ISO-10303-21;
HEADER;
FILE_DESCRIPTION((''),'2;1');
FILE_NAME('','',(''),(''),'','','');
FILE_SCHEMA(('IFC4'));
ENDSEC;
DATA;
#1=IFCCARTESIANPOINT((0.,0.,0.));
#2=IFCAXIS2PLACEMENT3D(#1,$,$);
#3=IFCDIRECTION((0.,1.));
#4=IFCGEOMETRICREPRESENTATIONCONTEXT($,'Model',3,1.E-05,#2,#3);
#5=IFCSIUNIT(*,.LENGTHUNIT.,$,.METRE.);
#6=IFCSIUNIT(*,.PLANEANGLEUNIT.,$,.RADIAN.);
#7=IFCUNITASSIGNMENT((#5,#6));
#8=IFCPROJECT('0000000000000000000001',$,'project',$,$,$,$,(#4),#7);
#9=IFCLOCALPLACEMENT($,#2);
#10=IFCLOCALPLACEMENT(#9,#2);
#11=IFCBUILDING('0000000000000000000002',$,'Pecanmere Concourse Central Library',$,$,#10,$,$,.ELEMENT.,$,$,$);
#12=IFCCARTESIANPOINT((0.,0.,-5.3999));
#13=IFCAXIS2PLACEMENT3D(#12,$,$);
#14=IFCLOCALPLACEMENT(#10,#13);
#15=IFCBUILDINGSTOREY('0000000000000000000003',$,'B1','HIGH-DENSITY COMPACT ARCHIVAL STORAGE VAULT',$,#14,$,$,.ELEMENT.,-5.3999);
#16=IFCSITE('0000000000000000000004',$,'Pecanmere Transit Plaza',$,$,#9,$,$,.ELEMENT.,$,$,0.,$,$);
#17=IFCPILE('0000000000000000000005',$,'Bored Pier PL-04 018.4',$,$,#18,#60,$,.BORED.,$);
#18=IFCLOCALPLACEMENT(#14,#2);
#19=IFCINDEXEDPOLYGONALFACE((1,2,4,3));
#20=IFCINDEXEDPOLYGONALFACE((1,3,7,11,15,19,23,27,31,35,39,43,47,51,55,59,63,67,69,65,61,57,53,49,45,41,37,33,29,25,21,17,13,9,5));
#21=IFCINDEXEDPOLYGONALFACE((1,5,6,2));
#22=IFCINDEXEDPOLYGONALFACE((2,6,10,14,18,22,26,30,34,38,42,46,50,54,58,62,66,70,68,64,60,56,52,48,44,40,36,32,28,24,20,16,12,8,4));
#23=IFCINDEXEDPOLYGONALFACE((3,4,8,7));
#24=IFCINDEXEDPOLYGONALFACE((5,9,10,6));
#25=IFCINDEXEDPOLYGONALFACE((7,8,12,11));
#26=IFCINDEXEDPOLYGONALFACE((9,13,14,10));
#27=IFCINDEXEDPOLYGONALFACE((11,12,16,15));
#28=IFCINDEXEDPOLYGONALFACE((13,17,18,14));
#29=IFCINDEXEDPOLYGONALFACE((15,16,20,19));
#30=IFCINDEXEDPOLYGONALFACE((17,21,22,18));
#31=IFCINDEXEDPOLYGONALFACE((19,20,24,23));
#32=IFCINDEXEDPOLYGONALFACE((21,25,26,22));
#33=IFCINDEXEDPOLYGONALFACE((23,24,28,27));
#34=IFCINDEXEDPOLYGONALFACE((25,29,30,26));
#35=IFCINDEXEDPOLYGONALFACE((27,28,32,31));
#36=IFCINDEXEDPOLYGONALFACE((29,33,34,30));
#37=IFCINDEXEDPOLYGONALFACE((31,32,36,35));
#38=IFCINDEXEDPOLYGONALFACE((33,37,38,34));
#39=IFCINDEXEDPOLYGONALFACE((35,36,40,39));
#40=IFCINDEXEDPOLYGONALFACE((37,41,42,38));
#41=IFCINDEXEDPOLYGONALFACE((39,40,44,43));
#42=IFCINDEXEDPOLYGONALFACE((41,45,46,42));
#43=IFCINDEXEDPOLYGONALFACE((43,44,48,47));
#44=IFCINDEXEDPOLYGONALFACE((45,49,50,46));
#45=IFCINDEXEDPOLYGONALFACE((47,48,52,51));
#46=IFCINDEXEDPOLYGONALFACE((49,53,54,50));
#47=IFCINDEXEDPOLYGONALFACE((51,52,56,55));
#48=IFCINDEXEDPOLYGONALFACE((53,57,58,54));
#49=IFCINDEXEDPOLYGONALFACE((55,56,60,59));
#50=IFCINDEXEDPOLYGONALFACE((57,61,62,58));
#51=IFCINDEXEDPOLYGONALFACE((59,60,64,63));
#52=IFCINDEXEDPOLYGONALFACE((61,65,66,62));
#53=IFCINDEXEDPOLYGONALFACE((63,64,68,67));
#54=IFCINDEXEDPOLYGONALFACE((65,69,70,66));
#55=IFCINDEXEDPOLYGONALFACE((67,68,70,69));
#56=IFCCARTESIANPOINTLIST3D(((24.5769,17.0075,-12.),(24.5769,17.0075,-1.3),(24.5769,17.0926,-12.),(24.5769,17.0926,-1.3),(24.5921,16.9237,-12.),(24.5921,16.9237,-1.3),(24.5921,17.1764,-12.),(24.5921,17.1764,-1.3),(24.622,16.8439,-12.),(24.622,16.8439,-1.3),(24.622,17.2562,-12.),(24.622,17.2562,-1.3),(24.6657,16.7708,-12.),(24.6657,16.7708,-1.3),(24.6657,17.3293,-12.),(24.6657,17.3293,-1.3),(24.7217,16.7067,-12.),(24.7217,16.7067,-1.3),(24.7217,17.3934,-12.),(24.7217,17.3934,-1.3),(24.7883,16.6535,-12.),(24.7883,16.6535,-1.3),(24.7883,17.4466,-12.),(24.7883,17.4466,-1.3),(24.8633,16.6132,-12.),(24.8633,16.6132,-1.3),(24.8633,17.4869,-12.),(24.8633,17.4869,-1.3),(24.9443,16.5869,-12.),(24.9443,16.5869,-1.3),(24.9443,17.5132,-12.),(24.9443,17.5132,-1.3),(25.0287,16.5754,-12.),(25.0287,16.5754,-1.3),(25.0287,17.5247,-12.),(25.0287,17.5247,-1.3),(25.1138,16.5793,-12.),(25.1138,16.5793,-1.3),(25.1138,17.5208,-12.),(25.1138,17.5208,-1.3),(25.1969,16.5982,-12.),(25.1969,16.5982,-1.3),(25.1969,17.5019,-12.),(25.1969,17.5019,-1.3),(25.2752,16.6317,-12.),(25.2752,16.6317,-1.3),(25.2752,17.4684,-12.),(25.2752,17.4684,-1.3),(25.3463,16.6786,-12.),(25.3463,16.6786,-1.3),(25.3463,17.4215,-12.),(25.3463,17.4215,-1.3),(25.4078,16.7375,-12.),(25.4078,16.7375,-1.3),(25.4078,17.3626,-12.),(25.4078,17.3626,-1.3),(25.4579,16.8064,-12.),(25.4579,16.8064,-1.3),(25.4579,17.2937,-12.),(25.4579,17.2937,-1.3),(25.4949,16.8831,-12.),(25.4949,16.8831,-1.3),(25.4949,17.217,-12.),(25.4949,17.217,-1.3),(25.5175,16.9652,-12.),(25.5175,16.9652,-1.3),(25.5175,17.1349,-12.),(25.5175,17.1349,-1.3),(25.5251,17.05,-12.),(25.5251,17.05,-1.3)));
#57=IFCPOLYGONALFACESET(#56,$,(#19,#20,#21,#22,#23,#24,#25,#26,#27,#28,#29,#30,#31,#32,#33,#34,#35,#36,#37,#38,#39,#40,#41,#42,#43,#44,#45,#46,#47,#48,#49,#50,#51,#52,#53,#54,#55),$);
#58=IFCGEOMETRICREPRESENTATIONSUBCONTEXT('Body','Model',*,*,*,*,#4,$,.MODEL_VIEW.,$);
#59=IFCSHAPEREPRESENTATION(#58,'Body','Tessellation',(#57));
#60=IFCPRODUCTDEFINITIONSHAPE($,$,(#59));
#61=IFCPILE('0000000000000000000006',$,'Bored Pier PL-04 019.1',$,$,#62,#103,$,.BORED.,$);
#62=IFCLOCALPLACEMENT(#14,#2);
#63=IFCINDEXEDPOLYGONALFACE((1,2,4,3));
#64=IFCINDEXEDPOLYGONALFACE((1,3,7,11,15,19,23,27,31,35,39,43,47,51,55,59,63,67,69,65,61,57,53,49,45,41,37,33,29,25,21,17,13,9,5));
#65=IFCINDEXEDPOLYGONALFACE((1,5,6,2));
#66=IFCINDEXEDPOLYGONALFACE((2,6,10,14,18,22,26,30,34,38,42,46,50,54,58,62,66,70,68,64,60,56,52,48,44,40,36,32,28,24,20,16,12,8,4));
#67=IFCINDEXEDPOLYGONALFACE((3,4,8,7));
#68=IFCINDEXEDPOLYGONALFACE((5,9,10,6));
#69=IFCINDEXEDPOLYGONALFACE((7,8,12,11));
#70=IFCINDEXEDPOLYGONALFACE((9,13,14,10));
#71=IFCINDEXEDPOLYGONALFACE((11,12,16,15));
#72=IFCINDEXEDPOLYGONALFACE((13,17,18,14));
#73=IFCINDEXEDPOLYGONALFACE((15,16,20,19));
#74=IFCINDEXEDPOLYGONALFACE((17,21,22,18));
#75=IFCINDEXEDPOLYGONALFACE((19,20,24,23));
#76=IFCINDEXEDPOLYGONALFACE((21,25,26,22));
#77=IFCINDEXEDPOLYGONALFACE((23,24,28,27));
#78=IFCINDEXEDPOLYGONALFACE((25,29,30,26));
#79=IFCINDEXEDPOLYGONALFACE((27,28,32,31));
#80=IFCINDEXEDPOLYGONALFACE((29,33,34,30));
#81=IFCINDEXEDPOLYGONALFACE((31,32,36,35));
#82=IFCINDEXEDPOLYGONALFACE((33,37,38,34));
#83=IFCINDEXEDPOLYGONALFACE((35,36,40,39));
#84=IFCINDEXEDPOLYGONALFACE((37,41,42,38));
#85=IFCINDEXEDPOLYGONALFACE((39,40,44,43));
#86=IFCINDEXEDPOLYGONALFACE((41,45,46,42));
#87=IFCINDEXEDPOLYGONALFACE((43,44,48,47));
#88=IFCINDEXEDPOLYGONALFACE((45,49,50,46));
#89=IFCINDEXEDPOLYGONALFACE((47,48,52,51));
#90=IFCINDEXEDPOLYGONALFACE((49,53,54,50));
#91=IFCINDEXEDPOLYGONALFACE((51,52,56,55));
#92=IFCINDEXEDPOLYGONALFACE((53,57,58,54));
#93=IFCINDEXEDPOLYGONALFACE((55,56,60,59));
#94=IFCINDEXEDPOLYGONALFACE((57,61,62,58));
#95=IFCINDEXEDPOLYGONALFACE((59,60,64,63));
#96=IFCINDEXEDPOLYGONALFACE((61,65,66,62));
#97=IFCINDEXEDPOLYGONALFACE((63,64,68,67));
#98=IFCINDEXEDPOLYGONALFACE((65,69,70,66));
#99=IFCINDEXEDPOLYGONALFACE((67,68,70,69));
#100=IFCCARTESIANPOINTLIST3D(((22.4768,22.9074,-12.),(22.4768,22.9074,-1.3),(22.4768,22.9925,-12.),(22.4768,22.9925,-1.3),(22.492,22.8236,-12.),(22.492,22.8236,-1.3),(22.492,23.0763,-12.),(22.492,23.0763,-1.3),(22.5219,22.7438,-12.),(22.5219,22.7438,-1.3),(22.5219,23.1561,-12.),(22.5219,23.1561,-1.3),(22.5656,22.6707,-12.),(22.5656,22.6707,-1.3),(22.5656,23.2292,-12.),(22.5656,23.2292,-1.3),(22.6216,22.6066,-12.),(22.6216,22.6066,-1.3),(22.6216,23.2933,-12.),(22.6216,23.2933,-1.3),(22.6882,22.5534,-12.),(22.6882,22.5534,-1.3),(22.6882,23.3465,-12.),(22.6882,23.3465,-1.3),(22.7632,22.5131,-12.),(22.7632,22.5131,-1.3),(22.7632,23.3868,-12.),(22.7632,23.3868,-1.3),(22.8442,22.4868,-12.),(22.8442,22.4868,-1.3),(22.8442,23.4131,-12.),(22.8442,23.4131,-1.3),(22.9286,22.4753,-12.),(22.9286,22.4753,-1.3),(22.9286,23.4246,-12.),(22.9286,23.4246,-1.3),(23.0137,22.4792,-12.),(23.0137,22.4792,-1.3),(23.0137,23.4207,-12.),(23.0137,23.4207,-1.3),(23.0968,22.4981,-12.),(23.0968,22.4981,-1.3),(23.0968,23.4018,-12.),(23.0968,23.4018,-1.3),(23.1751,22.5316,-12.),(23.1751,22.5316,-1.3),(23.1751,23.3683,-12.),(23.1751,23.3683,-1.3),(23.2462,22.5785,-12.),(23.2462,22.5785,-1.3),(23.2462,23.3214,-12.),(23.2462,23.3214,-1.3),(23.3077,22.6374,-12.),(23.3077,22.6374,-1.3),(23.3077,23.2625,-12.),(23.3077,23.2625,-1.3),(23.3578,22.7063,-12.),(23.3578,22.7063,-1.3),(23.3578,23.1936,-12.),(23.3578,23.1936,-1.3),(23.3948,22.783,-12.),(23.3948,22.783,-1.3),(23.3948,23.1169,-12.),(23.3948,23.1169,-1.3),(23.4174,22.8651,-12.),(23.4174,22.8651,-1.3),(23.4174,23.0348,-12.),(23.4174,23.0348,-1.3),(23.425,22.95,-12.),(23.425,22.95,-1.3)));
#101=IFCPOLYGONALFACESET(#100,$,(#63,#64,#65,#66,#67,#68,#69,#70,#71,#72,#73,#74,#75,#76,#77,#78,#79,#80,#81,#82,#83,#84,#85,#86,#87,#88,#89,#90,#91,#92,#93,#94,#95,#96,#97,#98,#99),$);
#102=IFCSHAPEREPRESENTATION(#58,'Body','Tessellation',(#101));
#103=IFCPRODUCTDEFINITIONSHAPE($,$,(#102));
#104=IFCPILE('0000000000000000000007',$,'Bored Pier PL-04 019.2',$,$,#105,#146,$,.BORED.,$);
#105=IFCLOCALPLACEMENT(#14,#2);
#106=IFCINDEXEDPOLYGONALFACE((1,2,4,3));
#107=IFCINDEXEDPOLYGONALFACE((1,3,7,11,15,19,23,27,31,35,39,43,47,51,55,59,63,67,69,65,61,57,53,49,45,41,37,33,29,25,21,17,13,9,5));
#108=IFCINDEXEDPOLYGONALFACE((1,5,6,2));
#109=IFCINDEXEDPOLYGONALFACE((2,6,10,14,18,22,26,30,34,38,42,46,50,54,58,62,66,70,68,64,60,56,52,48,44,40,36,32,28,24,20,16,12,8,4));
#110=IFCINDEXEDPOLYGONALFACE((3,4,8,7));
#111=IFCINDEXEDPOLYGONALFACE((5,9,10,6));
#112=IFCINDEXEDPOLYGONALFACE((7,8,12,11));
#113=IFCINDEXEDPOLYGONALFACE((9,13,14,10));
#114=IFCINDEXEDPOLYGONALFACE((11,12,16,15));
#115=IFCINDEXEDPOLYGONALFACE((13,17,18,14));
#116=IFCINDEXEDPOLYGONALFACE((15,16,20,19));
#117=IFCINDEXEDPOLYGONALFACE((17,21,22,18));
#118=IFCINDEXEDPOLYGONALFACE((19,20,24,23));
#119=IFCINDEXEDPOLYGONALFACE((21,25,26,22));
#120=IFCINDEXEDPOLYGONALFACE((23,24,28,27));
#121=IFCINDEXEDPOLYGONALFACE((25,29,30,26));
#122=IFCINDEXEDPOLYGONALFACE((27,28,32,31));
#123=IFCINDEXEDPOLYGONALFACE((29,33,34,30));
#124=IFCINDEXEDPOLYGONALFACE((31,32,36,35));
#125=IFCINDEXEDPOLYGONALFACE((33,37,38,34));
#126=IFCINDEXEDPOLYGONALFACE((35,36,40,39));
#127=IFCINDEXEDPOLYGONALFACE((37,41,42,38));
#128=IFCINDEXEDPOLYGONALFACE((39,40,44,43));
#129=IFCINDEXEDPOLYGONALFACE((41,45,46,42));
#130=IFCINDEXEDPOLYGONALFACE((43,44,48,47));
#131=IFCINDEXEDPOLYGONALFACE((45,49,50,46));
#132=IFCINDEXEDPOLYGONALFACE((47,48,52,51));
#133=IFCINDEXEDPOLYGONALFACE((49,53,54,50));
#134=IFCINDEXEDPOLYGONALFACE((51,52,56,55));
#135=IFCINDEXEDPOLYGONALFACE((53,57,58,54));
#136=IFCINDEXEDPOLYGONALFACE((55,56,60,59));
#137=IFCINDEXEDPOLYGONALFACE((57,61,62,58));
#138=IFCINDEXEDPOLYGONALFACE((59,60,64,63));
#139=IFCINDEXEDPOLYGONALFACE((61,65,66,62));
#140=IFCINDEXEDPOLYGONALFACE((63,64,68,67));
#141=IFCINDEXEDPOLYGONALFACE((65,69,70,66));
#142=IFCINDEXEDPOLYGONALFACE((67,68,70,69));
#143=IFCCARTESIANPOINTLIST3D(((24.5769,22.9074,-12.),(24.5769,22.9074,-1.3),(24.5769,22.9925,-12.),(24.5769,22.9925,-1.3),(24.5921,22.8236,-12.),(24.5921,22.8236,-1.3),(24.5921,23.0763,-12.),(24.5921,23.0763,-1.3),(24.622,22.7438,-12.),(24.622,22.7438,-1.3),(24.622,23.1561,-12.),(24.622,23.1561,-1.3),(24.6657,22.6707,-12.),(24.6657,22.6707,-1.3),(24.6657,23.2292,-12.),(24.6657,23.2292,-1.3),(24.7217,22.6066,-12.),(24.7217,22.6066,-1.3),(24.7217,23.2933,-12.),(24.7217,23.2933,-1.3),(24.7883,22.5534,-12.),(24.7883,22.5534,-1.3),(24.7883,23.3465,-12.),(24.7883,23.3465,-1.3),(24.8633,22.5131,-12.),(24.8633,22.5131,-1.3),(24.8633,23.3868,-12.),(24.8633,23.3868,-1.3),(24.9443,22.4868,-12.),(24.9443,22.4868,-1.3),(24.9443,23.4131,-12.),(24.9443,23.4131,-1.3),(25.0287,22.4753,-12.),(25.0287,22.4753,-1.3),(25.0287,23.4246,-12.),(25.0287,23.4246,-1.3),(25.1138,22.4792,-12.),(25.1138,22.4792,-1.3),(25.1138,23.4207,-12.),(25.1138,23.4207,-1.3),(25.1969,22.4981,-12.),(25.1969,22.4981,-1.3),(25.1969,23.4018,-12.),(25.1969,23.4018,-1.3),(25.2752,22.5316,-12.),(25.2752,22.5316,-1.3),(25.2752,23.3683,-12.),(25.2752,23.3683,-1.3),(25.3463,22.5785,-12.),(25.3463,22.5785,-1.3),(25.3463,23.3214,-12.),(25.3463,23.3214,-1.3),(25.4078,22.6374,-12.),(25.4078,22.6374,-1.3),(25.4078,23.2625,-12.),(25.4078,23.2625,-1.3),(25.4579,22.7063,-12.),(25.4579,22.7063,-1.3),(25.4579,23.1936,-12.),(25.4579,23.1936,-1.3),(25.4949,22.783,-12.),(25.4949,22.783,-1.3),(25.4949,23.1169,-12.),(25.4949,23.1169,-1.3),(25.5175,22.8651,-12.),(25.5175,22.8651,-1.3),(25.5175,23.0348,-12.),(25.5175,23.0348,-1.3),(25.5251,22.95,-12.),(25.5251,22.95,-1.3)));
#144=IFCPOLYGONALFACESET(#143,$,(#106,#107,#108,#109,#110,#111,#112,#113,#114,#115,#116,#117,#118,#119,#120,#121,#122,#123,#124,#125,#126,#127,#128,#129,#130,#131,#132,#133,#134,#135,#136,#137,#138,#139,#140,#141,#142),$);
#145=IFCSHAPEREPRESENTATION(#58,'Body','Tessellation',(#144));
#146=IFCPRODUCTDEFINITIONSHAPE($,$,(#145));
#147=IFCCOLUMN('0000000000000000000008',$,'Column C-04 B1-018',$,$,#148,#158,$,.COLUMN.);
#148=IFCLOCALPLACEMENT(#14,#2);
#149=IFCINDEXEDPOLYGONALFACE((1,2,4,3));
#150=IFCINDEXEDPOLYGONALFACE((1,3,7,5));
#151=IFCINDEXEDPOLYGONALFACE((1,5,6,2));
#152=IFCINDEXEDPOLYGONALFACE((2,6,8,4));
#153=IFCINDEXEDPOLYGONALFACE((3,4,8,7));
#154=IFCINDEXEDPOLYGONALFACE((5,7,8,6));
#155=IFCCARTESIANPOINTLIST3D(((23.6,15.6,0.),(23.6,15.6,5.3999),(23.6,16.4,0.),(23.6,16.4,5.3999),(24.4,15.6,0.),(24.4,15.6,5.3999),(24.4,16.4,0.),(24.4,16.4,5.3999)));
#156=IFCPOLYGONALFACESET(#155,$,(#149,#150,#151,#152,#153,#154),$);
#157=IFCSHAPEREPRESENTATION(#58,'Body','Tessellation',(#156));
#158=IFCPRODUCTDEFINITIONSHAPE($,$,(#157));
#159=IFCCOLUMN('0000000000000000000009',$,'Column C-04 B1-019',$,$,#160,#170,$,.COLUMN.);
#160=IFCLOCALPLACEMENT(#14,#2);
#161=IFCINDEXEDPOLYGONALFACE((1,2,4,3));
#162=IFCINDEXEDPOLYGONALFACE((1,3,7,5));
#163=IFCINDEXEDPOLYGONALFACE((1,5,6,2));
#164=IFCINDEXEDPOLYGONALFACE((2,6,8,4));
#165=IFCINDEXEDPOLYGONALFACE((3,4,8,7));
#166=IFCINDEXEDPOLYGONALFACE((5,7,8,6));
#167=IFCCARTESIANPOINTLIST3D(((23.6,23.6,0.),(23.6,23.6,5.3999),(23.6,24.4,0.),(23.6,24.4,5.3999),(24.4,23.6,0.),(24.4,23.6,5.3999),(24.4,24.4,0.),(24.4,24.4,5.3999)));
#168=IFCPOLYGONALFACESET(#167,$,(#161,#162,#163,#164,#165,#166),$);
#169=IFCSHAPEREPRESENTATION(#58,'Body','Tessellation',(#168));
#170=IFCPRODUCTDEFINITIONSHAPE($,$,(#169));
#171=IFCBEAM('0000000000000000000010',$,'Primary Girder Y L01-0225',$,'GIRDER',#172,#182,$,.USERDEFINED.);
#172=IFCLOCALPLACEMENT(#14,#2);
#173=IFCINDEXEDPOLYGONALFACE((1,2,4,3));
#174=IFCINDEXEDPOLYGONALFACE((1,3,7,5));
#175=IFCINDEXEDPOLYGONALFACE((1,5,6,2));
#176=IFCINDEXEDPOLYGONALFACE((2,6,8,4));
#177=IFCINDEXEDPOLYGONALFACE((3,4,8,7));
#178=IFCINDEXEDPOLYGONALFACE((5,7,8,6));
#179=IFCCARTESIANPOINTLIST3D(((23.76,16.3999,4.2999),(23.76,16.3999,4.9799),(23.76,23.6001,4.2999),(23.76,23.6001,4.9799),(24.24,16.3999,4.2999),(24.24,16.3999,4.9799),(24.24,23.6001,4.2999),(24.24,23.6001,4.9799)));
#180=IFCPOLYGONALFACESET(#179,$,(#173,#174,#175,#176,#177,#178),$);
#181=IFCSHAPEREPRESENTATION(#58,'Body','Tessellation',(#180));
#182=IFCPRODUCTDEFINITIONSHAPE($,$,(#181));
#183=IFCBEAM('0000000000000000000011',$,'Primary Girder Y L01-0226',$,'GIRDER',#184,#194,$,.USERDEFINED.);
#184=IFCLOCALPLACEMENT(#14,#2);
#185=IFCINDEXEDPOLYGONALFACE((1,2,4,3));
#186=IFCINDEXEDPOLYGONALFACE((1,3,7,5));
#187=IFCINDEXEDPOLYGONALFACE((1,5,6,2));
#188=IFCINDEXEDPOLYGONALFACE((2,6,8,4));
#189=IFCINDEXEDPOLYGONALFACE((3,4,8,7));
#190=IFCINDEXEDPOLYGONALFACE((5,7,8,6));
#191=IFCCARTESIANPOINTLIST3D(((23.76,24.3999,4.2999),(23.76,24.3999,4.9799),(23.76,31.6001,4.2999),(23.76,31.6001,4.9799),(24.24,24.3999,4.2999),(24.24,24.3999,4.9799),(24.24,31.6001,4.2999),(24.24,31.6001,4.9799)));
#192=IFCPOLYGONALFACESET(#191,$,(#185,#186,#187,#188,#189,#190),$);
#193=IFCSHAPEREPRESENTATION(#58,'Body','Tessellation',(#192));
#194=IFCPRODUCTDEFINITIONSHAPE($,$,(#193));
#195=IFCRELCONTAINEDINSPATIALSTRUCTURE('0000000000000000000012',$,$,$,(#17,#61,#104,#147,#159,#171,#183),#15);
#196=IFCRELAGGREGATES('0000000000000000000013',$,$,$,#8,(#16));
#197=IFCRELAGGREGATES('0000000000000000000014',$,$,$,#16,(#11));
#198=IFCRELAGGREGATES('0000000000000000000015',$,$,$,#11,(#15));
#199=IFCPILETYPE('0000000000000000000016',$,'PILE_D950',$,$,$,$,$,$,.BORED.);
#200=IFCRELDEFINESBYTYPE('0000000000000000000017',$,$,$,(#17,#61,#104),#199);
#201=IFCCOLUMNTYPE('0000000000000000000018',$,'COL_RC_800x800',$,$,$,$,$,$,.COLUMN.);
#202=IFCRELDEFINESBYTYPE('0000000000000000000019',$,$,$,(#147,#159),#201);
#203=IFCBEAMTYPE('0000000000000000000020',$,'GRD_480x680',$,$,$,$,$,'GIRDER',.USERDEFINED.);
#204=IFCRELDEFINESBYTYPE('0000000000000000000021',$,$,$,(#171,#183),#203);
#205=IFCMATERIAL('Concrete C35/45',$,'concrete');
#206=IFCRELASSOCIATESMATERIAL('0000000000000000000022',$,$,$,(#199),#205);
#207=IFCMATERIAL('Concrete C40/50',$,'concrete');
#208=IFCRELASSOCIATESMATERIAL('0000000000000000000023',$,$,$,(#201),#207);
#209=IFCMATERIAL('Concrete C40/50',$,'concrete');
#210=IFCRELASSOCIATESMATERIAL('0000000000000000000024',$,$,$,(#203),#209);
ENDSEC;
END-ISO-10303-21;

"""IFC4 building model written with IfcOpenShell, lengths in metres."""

from ifc_helpers import new_model, si_unit, direction, frame, origin, origin_2d, place, context, subcontext, project, spatial, rectangle, circle, extrude, material, material_profile, profile_set, type_object, element, save


model = new_model("IFC4")

# Units and contexts
model_context = context("Model", 3, precision=1e-05, world=origin(), true_north=direction((0.0, 1.0)))
body_context = subcontext(model_context, "Body", "Model", "MODEL_VIEW")
ifc_project = project(units=[si_unit("LENGTHUNIT", "METRE"), si_unit("PLANEANGLEUNIT", "RADIAN")], contexts=[model_context])

# Site, building, storey
site_placement = place(None, origin())
site = spatial("IfcSite", under=ifc_project, at=site_placement, Name="Pecanmere Transit Plaza", CompositionType="ELEMENT", RefElevation=0.0)
building_placement = place(site_placement, origin())
building = spatial("IfcBuilding", under=site, at=building_placement, Name="Pecanmere Concourse Central Library", CompositionType="ELEMENT")
storey_placement = place(building_placement, frame((0.0, 0.0, -5.3999)))
storey = spatial("IfcBuildingStorey", under=building, at=storey_placement, Name="B1", Description="HIGH-DENSITY COMPACT ARCHIVAL STORAGE VAULT", CompositionType="ELEMENT", Elevation=-5.3999)

# Piles
ifc_material_1 = material(Name="Concrete C35/45", Category="concrete")
ifc_material_profile_1 = material_profile(ifc_material_1, circle(Radius=0.4751, at=origin_2d()), Name="PIER D950")
ifc_profile_set_1 = profile_set([ifc_material_profile_1], Name="Concrete C35/45")
pile_type = type_object("IfcPileType", Name="PILE_D950", PredefinedType="BORED", material=ifc_profile_set_1)
for number, where, z_axis, x_axis, name in (
    (1, (25.05, 17.05, -1.3), (0.0, 0.0, -1.0), (1.0, 0.0, 0.0), "Bored Pier PL-04 018.4"),
    (2, (22.95, 22.95, -1.3), (0.0, 0.0, -1.0), (1.0, 0.0, 0.0), "Bored Pier PL-04 019.1"),
    (3, (25.05, 22.95, -1.3), (0.0, 0.0, -1.0), (1.0, 0.0, 0.0), "Bored Pier PL-04 019.2"),
):
    element("IfcPile", number, at=place(storey_placement, frame(where, z_axis=z_axis, x_axis=x_axis)), inside=storey, type_object=pile_type, Name=name, PredefinedType="BORED", context=body_context, shape_type="SweptSolid", body=[
        extrude(circle(Radius=0.4751, at=origin_2d()), origin(), (0.0, 0.0, 1.0), 10.7),
    ])

# Columns
ifc_material_2 = material(Name="Concrete C40/50", Category="concrete")
ifc_material_profile_2 = material_profile(ifc_material_2, rectangle(XDim=0.8, YDim=0.8, at=origin_2d()), Name="RC 800x800")
ifc_profile_set_2 = profile_set([ifc_material_profile_2], Name="Concrete C40/50")
column_type = type_object("IfcColumnType", Name="COL_RC_800x800", PredefinedType="COLUMN", material=ifc_profile_set_2)
for number, where, z_axis, x_axis, name in (
    (4, (24.0, 16.0, 0.0), (0.0, 0.0, 1.0), (1.0, 0.0, 0.0), "Column C-04 B1-018"),
    (5, (24.0, 24.0, 0.0), (0.0, 0.0, 1.0), (1.0, 0.0, 0.0), "Column C-04 B1-019"),
):
    element("IfcColumn", number, at=place(storey_placement, frame(where, z_axis=z_axis, x_axis=x_axis)), inside=storey, type_object=column_type, Name=name, PredefinedType="COLUMN", context=body_context, shape_type="SweptSolid", body=[
        extrude(rectangle(XDim=0.8, YDim=0.8, at=origin_2d()), origin(), (0.0, 0.0, 1.0), 5.3999),
    ])

# Beams
ifc_material_3 = material(Name="Concrete C40/50", Category="concrete")
ifc_material_profile_3 = material_profile(ifc_material_3, rectangle(XDim=0.48, YDim=0.6799, at=origin_2d()), Name="RC 480x680")
ifc_profile_set_3 = profile_set([ifc_material_profile_3], Name="Concrete C40/50")
beam_type_1 = type_object("IfcBeamType", Name="GRD_480x680", ElementType="GIRDER", PredefinedType="USERDEFINED", material=ifc_profile_set_3)
for number, where, z_axis, x_axis, name in (
    (6, (24.0, 16.3999, 4.6399), (0.0, 1.0, 0.0), (-1.0, 0.0, 0.0), "Primary Girder Y L01-0225"),
    (7, (24.0, 24.3999, 4.6399), (0.0, 1.0, 0.0), (-1.0, 0.0, 0.0), "Primary Girder Y L01-0226"),
):
    element("IfcBeam", number, at=place(storey_placement, frame(where, z_axis=z_axis, x_axis=x_axis)), inside=storey, type_object=beam_type_1, Name=name, ObjectType="GIRDER", PredefinedType="USERDEFINED", context=body_context, shape_type="SweptSolid", body=[
        extrude(rectangle(XDim=0.48, YDim=0.6799, at=origin_2d()), origin(), (0.0, 0.0, 1.0), 7.2002),
    ])

save(model, "model.ifc")
